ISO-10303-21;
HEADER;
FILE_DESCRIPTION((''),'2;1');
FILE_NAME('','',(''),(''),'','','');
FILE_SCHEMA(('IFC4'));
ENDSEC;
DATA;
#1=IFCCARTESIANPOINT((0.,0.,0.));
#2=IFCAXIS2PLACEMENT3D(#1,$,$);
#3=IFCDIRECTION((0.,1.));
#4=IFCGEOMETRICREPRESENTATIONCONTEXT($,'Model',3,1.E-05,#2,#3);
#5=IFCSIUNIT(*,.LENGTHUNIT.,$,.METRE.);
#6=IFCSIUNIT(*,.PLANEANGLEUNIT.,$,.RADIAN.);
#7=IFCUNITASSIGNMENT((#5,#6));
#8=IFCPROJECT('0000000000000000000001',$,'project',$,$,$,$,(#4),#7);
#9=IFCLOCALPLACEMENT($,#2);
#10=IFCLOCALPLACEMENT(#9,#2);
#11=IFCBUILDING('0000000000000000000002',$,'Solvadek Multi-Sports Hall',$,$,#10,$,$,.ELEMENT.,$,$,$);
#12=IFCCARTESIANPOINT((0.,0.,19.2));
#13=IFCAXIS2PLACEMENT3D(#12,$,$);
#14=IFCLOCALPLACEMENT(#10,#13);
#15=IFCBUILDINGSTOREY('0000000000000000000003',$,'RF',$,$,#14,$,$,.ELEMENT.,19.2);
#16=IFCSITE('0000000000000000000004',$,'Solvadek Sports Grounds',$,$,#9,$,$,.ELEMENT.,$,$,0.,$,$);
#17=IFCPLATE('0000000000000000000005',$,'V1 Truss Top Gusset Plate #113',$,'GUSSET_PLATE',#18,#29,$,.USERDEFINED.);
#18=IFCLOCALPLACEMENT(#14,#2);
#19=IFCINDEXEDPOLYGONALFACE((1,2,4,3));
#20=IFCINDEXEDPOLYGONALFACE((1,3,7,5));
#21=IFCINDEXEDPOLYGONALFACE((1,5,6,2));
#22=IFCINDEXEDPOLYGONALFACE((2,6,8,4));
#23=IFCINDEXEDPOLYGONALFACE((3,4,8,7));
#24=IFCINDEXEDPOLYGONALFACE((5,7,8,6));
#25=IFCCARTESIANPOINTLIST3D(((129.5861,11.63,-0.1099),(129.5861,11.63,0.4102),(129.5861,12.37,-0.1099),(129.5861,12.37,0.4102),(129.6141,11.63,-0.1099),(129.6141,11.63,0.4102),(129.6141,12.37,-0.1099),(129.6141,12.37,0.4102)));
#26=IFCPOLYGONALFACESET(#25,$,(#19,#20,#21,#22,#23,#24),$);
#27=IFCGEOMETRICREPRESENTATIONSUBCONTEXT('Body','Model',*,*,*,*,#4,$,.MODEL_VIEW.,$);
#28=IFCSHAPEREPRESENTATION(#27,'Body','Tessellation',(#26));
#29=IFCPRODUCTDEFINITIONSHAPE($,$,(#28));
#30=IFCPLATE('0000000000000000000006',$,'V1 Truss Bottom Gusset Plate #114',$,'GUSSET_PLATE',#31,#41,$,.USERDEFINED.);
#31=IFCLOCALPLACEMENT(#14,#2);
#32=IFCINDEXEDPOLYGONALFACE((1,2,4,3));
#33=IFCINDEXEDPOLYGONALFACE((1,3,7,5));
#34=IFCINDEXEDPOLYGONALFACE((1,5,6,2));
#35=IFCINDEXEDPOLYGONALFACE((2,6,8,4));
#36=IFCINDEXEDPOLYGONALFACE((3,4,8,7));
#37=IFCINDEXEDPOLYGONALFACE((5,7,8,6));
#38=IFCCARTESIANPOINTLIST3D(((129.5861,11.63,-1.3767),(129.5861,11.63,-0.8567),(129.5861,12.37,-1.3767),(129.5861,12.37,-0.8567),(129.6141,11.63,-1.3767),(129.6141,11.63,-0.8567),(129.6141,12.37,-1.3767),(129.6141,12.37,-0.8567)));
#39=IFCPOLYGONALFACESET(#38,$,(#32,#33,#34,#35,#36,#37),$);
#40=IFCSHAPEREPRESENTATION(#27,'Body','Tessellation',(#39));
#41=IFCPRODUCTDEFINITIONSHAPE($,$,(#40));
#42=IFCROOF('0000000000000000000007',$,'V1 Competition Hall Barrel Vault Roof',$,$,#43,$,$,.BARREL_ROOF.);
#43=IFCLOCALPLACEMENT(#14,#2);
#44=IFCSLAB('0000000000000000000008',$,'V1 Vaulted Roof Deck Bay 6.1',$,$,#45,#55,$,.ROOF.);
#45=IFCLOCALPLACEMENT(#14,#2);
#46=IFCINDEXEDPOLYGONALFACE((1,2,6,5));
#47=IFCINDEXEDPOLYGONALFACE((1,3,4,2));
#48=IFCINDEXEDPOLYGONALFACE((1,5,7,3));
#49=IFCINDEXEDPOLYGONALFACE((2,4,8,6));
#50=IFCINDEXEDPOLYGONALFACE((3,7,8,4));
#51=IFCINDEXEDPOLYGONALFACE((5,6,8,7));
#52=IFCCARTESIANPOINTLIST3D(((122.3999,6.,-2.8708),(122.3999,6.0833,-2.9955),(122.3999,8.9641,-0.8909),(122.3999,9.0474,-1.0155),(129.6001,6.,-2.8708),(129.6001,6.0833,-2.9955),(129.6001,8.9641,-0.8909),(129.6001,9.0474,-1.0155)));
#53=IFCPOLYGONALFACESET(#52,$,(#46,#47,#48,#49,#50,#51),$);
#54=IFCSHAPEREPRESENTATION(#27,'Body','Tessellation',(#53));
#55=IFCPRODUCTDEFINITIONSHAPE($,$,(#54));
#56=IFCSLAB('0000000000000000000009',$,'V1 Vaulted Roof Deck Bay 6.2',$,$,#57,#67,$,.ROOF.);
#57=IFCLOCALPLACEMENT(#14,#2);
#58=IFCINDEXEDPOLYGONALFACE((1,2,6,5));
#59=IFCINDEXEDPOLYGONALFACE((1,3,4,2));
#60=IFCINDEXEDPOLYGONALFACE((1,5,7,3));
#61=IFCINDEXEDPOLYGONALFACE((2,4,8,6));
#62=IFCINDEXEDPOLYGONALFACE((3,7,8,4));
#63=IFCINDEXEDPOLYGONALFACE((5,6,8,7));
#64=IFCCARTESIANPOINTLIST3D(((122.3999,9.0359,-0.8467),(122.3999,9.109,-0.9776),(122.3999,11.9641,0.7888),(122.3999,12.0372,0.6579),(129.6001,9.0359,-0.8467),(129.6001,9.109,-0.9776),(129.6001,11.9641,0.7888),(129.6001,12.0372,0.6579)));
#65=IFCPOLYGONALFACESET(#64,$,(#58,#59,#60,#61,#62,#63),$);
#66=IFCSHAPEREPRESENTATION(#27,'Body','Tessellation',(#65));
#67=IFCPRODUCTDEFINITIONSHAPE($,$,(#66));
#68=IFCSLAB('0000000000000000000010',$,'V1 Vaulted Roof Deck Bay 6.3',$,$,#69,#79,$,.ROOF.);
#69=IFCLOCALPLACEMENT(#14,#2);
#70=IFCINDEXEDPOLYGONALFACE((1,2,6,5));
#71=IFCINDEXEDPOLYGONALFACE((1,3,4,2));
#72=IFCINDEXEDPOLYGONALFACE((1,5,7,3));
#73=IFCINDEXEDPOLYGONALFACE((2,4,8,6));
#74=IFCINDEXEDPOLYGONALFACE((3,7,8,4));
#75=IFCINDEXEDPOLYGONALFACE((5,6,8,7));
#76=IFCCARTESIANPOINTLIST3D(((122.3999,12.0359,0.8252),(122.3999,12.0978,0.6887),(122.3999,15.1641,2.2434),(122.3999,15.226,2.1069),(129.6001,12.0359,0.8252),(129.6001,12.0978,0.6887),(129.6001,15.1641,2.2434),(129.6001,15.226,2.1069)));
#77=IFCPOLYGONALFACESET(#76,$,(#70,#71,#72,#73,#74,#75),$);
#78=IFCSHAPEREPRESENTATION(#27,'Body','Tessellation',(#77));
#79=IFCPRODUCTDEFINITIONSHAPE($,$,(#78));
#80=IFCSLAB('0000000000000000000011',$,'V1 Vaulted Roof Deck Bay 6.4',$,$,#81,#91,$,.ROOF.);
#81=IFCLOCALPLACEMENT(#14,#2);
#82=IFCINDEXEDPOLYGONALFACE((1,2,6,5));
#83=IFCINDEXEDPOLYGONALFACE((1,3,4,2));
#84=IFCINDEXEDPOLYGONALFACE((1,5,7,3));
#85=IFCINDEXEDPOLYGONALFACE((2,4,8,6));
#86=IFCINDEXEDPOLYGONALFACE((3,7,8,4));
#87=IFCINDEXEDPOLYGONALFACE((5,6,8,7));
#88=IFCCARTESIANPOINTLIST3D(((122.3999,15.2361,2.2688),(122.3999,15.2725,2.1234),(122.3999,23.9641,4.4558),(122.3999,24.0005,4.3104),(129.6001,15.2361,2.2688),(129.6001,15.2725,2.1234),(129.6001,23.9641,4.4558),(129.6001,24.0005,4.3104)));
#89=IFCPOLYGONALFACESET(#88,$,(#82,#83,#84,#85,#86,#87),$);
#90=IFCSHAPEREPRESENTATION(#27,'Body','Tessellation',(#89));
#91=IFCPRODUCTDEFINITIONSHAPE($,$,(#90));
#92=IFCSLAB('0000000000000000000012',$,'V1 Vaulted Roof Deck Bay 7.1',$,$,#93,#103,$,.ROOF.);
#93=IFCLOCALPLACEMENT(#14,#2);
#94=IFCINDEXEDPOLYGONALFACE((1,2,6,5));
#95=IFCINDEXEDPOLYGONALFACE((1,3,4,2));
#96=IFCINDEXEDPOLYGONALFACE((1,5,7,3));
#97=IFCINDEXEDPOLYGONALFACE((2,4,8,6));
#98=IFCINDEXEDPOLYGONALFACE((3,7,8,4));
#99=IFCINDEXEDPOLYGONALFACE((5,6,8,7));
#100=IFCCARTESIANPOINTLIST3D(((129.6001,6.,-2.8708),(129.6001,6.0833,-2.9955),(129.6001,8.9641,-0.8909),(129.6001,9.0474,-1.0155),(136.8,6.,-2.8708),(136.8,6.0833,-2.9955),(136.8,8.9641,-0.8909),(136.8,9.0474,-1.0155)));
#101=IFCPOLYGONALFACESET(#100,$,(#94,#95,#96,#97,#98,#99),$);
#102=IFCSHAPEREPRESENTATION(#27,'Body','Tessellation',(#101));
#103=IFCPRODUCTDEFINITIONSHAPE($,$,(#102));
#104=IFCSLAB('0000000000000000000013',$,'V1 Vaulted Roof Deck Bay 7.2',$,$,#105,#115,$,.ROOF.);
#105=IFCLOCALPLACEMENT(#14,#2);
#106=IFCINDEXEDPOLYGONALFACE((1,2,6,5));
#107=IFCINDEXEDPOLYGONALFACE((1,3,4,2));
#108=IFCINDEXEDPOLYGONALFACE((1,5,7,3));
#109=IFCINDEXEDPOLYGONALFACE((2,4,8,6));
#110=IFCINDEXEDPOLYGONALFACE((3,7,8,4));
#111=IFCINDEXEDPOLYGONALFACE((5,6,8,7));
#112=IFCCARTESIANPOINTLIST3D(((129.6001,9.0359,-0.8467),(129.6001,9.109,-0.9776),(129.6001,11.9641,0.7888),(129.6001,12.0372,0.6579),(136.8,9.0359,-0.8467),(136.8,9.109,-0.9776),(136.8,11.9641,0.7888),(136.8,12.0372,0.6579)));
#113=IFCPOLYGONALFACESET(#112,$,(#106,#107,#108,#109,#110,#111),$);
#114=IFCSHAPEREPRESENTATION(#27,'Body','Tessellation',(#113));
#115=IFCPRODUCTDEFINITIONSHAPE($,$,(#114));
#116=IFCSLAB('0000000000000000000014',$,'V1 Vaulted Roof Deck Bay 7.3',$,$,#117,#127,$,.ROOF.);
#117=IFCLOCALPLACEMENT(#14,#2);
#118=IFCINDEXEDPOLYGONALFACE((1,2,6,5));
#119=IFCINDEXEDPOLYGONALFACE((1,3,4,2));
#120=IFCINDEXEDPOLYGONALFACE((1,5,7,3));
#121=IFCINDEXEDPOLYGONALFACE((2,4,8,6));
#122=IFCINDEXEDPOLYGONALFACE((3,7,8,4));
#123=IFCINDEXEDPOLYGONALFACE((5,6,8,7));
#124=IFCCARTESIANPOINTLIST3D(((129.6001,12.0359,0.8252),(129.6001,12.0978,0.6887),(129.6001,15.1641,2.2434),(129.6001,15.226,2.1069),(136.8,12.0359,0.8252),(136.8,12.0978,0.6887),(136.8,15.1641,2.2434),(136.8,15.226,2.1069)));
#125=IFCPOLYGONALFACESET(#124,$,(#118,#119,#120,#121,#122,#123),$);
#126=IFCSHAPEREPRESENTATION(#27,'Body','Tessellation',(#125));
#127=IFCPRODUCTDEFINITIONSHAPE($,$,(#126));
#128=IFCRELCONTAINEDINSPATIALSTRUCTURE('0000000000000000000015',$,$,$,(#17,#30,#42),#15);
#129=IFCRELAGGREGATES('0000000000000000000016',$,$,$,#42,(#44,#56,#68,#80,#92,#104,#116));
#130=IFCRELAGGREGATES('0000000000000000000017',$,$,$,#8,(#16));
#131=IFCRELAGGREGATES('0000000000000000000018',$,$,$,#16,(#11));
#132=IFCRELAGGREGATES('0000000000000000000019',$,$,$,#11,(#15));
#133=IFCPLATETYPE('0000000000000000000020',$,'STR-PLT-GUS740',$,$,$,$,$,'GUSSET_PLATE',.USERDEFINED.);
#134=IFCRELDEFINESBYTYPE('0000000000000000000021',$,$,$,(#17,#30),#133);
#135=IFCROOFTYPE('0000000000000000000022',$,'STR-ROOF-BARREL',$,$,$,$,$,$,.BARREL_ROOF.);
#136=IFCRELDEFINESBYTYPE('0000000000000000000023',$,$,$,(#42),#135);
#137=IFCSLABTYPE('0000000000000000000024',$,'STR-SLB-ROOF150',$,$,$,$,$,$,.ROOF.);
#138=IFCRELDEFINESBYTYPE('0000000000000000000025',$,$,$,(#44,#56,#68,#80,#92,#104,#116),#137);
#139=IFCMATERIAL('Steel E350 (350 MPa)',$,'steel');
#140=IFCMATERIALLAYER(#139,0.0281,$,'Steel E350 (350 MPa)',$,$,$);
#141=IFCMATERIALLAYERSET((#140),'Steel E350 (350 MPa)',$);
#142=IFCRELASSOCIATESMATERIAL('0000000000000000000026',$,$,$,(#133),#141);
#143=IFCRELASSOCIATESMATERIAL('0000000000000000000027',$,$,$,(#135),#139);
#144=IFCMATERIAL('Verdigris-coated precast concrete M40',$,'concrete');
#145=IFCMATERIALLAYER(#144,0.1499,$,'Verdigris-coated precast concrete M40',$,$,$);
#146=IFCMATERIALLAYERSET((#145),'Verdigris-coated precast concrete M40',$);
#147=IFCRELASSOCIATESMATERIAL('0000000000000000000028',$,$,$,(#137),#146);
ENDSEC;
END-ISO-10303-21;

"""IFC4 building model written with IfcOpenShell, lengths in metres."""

from ifc_helpers import new_model, si_unit, direction, frame, origin, origin_2d, place, context, subcontext, project, spatial, polyline, rectangle, outline, extrude, material, layer, layer_set, type_object, element, aggregate, save


model = new_model("IFC4")

# Units and contexts
model_context = context("Model", 3, precision=1e-05, world=origin(), true_north=direction((0.0, 1.0)))
body_context = subcontext(model_context, "Body", "Model", "MODEL_VIEW")
ifc_project = project(units=[si_unit("LENGTHUNIT", "METRE"), si_unit("PLANEANGLEUNIT", "RADIAN")], contexts=[model_context])

# Site, building, storey
site_placement = place(None, origin())
site = spatial("IfcSite", under=ifc_project, at=site_placement, Name="Solvadek Sports Grounds", CompositionType="ELEMENT", RefElevation=0.0)
building_placement = place(site_placement, origin())
building = spatial("IfcBuilding", under=site, at=building_placement, Name="Solvadek Multi-Sports Hall", CompositionType="ELEMENT")
storey_placement = place(building_placement, frame((0.0, 0.0, 19.2)))
storey = spatial("IfcBuildingStorey", under=building, at=storey_placement, Name="RF", CompositionType="ELEMENT", Elevation=19.2)

# Shared definitions
ifc_material_1 = material(Name="Steel E350 (350 MPa)", Category="steel")

# Plates
ifc_layer_1 = layer(ifc_material_1, 0.0281, Name="Steel E350 (350 MPa)")
ifc_layer_set_1 = layer_set([ifc_layer_1], Name="Steel E350 (350 MPa)")
plate_type_1 = type_object("IfcPlateType", Name="STR-PLT-GUS740", ElementType="GUSSET_PLATE", PredefinedType="USERDEFINED", material=ifc_layer_set_1)
for number, where, z_axis, x_axis, name in (
    (1, (129.6001, 12.0, -0.1099), (0.0, 0.0, 1.0), (0.0, 1.0, 0.0), "V1 Truss Top Gusset Plate #113"),
    (2, (129.6001, 12.0, -1.3767), (0.0, 0.0, 1.0), (0.0, 1.0, 0.0), "V1 Truss Bottom Gusset Plate #114"),
):
    element("IfcPlate", number, at=place(storey_placement, frame(where, z_axis=z_axis, x_axis=x_axis)), inside=storey, type_object=plate_type_1, Name=name, ObjectType="GUSSET_PLATE", PredefinedType="USERDEFINED", context=body_context, shape_type="SweptSolid", body=[
        extrude(rectangle(XDim=0.74, YDim=0.0281, at=origin_2d()), origin(), (0.0, 0.0, 1.0), 0.52),
    ])

# Roof, slabs
roof_type = type_object("IfcRoofType", Name="STR-ROOF-BARREL", PredefinedType="BARREL_ROOF", material=ifc_material_1)
roof_placement = place(storey_placement, origin())
roof = element("IfcRoof", 3, at=roof_placement, inside=storey, type_object=roof_type, Name="V1 Competition Hall Barrel Vault Roof", PredefinedType="BARREL_ROOF")
ifc_material_2 = material(Name="Verdigris-coated precast concrete M40", Category="concrete")
ifc_layer_2 = layer(ifc_material_2, 0.1499, Name="Verdigris-coated precast concrete M40")
ifc_layer_set_2 = layer_set([ifc_layer_2], Name="Verdigris-coated precast concrete M40")
slab_type = type_object("IfcSlabType", Name="STR-SLB-ROOF150", PredefinedType="ROOF", material=ifc_layer_set_2)
slab_1_placement = place(storey_placement, frame((122.3999, 6.0, -2.8708), z_axis=(0.0, -0.555459, 0.831544), x_axis=(1.0, 0.0, 0.0)))
slab_1 = element("IfcSlab", 4, at=slab_1_placement, type_object=slab_type, Name="V1 Vaulted Roof Deck Bay 6.1", PredefinedType="ROOF", context=body_context, shape_type="SweptSolid", body=[
    extrude(outline(polyline([(0.0, 0.0), (7.2002, 0.0), (7.2002, 3.5646), (0.0, 3.5646), (0.0, 0.0)])), origin(), (0.0, 0.0, -1.0), 0.1499),
])
slab_2_placement = place(storey_placement, frame((122.3999, 9.0359, -0.8467), z_axis=(0.0, -0.487626, 0.873053), x_axis=(1.0, 0.0, 0.0)))
slab_2 = element("IfcSlab", 5, at=slab_2_placement, type_object=slab_type, Name="V1 Vaulted Roof Deck Bay 6.2", PredefinedType="ROOF", context=body_context, shape_type="SweptSolid", body=[
    extrude(outline(polyline([(0.0, 0.0), (7.2002, 0.0), (7.2002, 3.354), (0.0, 3.354), (0.0, 0.0)])), origin(), (0.0, 0.0, -1.0), 0.1499),
])
slab_3_placement = place(storey_placement, frame((122.3999, 12.0359, 0.8252), z_axis=(0.0, -0.412914, 0.91077), x_axis=(1.0, 0.0, 0.0)))
slab_3 = element("IfcSlab", 6, at=slab_3_placement, type_object=slab_type, Name="V1 Vaulted Roof Deck Bay 6.3", PredefinedType="ROOF", context=body_context, shape_type="SweptSolid", body=[
    extrude(outline(polyline([(0.0, 0.0), (7.2002, 0.0), (7.2002, 3.4346), (0.0, 3.4346), (0.0, 0.0)])), origin(), (0.0, 0.0, -1.0), 0.1499),
])
slab_4_placement = place(storey_placement, frame((122.3999, 15.2361, 2.2688), z_axis=(0.0, -0.243059, 0.970011), x_axis=(1.0, 0.0, 0.0)))
slab_4 = element("IfcSlab", 7, at=slab_4_placement, type_object=slab_type, Name="V1 Vaulted Roof Deck Bay 6.4", PredefinedType="ROOF", context=body_context, shape_type="SweptSolid", body=[
    extrude(outline(polyline([(0.0, 0.0), (7.2002, 0.0), (7.2002, 8.9979), (0.0, 8.9979), (0.0, 0.0)])), origin(), (0.0, 0.0, -1.0), 0.1499),
])
slab_5_placement = place(storey_placement, frame((129.6001, 6.0, -2.8708), z_axis=(0.0, -0.555459, 0.831544), x_axis=(1.0, 0.0, 0.0)))
slab_5 = element("IfcSlab", 8, at=slab_5_placement, type_object=slab_type, Name="V1 Vaulted Roof Deck Bay 7.1", PredefinedType="ROOF", context=body_context, shape_type="SweptSolid", body=[
    extrude(outline(polyline([(0.0, 0.0), (7.2, 0.0), (7.2, 3.5646), (0.0, 3.5646), (0.0, 0.0)])), origin(), (0.0, 0.0, -1.0), 0.1499),
])
slab_6_placement = place(storey_placement, frame((129.6001, 9.0359, -0.8467), z_axis=(0.0, -0.487626, 0.873053), x_axis=(1.0, 0.0, 0.0)))
slab_6 = element("IfcSlab", 9, at=slab_6_placement, type_object=slab_type, Name="V1 Vaulted Roof Deck Bay 7.2", PredefinedType="ROOF", context=body_context, shape_type="SweptSolid", body=[
    extrude(outline(polyline([(0.0, 0.0), (7.2, 0.0), (7.2, 3.354), (0.0, 3.354), (0.0, 0.0)])), origin(), (0.0, 0.0, -1.0), 0.1499),
])
slab_7_placement = place(storey_placement, frame((129.6001, 12.0359, 0.8252), z_axis=(0.0, -0.412914, 0.91077), x_axis=(1.0, 0.0, 0.0)))
slab_7 = element("IfcSlab", 10, at=slab_7_placement, type_object=slab_type, Name="V1 Vaulted Roof Deck Bay 7.3", PredefinedType="ROOF", context=body_context, shape_type="SweptSolid", body=[
    extrude(outline(polyline([(0.0, 0.0), (7.2, 0.0), (7.2, 3.4346), (0.0, 3.4346), (0.0, 0.0)])), origin(), (0.0, 0.0, -1.0), 0.1499),
])
aggregate(roof, [slab_1, slab_2, slab_3, slab_4, slab_5, slab_6, slab_7])

save(model, "model.ifc")
